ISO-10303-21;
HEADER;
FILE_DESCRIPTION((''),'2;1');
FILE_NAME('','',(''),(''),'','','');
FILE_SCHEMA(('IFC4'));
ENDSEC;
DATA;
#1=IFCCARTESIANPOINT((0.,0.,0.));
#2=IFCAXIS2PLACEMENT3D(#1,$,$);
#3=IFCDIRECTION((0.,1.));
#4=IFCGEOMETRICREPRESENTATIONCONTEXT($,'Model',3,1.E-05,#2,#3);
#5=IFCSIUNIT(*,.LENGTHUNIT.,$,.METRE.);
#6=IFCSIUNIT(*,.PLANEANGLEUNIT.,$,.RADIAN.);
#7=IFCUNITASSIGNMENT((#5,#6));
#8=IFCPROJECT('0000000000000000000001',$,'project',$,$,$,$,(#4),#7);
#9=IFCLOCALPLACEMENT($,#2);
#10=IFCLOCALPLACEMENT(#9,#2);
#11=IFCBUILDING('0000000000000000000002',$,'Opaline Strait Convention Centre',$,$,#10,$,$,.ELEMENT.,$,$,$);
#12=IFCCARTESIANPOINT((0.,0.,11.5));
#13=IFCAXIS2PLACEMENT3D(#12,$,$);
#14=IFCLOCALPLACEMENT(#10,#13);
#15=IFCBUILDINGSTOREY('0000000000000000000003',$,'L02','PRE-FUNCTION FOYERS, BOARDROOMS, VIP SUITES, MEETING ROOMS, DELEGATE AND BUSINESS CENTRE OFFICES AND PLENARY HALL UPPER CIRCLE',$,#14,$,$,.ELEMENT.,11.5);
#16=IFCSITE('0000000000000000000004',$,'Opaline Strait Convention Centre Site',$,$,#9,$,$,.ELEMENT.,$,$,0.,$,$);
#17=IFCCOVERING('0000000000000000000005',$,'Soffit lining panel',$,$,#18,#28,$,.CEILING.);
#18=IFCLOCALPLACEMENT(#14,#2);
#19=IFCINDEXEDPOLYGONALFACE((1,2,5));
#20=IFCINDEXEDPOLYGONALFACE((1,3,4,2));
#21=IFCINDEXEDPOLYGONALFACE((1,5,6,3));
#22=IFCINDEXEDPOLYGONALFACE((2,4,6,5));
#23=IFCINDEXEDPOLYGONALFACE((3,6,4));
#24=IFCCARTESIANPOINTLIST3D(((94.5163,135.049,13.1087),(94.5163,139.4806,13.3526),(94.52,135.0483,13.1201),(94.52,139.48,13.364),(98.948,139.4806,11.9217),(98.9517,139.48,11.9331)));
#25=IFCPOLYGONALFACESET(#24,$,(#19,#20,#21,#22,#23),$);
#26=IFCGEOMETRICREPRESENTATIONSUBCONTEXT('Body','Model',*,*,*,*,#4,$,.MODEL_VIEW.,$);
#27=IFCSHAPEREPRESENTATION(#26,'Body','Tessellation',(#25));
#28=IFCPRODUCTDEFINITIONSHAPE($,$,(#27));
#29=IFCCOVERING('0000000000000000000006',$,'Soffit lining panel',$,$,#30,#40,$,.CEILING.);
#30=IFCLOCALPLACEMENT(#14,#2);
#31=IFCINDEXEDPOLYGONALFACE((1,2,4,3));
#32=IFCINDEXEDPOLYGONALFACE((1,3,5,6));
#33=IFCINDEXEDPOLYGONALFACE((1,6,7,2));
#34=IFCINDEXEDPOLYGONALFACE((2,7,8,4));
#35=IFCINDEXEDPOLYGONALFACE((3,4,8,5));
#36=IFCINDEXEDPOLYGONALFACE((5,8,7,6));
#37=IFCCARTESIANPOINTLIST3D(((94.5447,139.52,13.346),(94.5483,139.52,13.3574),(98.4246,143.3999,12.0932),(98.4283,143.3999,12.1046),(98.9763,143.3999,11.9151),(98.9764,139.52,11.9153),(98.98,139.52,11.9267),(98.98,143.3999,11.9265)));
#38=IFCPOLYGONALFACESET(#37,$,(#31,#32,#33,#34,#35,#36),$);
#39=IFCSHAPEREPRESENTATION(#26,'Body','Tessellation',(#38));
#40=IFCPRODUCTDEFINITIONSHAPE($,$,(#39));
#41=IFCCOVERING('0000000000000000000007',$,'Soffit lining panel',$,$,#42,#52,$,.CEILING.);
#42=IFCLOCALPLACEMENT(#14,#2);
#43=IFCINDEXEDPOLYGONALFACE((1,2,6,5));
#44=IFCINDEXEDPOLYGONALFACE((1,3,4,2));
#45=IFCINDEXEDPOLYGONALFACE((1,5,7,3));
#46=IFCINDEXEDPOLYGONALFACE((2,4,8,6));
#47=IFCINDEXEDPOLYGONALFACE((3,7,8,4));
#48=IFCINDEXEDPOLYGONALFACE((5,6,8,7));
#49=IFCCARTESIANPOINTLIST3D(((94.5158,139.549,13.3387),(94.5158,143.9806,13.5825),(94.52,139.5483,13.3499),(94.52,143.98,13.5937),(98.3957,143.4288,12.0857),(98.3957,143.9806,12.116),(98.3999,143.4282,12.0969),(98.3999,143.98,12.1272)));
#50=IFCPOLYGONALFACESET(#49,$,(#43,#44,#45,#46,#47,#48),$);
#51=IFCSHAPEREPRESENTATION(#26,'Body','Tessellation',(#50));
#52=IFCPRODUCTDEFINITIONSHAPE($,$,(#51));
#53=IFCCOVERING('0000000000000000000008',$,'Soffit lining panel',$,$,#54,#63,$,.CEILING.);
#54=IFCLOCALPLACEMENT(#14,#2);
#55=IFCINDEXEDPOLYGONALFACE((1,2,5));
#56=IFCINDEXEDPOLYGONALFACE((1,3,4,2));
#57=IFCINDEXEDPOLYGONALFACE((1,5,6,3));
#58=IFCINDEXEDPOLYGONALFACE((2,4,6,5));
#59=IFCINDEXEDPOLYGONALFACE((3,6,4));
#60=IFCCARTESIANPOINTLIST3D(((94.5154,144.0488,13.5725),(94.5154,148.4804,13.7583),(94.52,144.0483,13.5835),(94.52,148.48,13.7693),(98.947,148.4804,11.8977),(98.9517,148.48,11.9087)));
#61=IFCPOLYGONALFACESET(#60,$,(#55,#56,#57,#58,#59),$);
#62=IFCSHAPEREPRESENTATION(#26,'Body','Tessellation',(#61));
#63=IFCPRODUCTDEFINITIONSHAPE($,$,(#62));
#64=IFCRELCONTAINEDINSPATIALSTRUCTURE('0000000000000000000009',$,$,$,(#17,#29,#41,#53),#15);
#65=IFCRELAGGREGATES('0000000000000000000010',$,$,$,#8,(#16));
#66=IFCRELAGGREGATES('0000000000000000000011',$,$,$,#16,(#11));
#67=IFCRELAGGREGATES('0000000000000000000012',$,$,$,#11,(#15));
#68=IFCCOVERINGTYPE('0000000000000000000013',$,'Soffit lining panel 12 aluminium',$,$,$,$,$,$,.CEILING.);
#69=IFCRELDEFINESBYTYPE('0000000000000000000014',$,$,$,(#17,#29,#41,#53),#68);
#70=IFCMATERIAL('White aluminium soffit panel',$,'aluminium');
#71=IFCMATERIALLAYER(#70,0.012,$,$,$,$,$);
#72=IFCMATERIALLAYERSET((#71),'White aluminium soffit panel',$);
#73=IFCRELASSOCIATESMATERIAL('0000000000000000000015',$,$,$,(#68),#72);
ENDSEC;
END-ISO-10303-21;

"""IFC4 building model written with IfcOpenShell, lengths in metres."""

from ifc_helpers import new_model, si_unit, direction, frame, origin, place, context, subcontext, project, spatial, polyline, outline, extrude, material, layer, layer_set, type_object, element, save


model = new_model("IFC4")

# Units and contexts
model_context = context("Model", 3, precision=1e-05, world=origin(), true_north=direction((0.0, 1.0)))
body_context = subcontext(model_context, "Body", "Model", "MODEL_VIEW")
ifc_project = project(units=[si_unit("LENGTHUNIT", "METRE"), si_unit("PLANEANGLEUNIT", "RADIAN")], contexts=[model_context])

# Site, building, storey
site_placement = place(None, origin())
site = spatial("IfcSite", under=ifc_project, at=site_placement, Name="Opaline Strait Convention Centre Site", CompositionType="ELEMENT", RefElevation=0.0)
building_placement = place(site_placement, origin())
building = spatial("IfcBuilding", under=site, at=building_placement, Name="Opaline Strait Convention Centre", CompositionType="ELEMENT")
storey_placement = place(building_placement, frame((0.0, 0.0, 11.5)))
storey = spatial("IfcBuildingStorey", under=building, at=storey_placement, Name="L02", Description="PRE-FUNCTION FOYERS, BOARDROOMS, VIP SUITES, MEETING ROOMS, DELEGATE AND BUSINESS CENTRE OFFICES AND PLENARY HALL UPPER CIRCLE", CompositionType="ELEMENT", Elevation=11.5)

# Coverings
ifc_material_1 = material(Name="White aluminium soffit panel", Category="aluminium")
ifc_layer = layer(ifc_material_1, 0.012)
ifc_layer_set = layer_set([ifc_layer], Name="White aluminium soffit panel")
covering_type_1 = type_object("IfcCoveringType", Name="Soffit lining panel 12 aluminium", PredefinedType="CEILING", material=ifc_layer_set)
covering_1_placement = place(storey_placement, frame((94.52, 135.0483, 13.1201), z_axis=(0.306844, -0.052301, 0.950322), x_axis=(0.0, 0.998489, 0.054952)))
element("IfcCovering", 1, at=covering_1_placement, inside=storey, type_object=covering_type_1, Name="Soffit lining panel", PredefinedType="CEILING", context=body_context, shape_type="SweptSolid", body=[
    extrude(outline(polyline([(0.0, 0.0), (4.4383, 0.0), (4.3597, -4.6563), (0.0, 0.0)])), origin(), (0.0, 0.0, -1.0), 0.012),
])
covering_2_placement = place(storey_placement, frame((94.5483, 139.52, 13.3574), z_axis=(0.307234, 0.000038, 0.951634), x_axis=(0.689371, 0.689363, -0.222591)))
element("IfcCovering", 2, at=covering_2_placement, inside=storey, type_object=covering_type_1, Name="Soffit lining panel", PredefinedType="CEILING", context=body_context, shape_type="SweptSolid", body=[
    extrude(outline(polyline([(0.0, 0.0), (5.6282, 0.0), (6.0482, -0.3997), (3.3736, -3.2103), (0.0, 0.0)])), origin(), (0.0, 0.0, -1.0), 0.012),
])
covering_3_placement = place(storey_placement, frame((94.52, 139.5483, 13.3499), z_axis=(0.353089, -0.051395, 0.934177), x_axis=(-0.000006, 0.99849, 0.054936)))
element("IfcCovering", 3, at=covering_3_placement, inside=storey, type_object=covering_type_1, Name="Soffit lining panel", PredefinedType="CEILING", context=body_context, shape_type="SweptSolid", body=[
    extrude(outline(polyline([(0.0, 0.0), (4.4383, 0.0), (4.3578, -4.147), (3.8052, -4.147), (0.0, 0.0)])), origin(), (0.0, 0.0, -1.0), 0.012),
])
covering_4_placement = place(storey_placement, frame((94.52, 144.0483, 13.5835), z_axis=(0.386821, -0.038626, 0.921346), x_axis=(0.0, 0.999122, 0.041887)))
element("IfcCovering", 4, at=covering_4_placement, inside=storey, type_object=covering_type_1, Name="Soffit lining panel", PredefinedType="CEILING", context=body_context, shape_type="SweptSolid", body=[
    extrude(outline(polyline([(0.0, 0.0), (4.4355, 0.0), (4.3576, -4.8057), (0.0, 0.0)])), origin(), (0.0, 0.0, -1.0), 0.012),
])

save(model, "model.ifc")
